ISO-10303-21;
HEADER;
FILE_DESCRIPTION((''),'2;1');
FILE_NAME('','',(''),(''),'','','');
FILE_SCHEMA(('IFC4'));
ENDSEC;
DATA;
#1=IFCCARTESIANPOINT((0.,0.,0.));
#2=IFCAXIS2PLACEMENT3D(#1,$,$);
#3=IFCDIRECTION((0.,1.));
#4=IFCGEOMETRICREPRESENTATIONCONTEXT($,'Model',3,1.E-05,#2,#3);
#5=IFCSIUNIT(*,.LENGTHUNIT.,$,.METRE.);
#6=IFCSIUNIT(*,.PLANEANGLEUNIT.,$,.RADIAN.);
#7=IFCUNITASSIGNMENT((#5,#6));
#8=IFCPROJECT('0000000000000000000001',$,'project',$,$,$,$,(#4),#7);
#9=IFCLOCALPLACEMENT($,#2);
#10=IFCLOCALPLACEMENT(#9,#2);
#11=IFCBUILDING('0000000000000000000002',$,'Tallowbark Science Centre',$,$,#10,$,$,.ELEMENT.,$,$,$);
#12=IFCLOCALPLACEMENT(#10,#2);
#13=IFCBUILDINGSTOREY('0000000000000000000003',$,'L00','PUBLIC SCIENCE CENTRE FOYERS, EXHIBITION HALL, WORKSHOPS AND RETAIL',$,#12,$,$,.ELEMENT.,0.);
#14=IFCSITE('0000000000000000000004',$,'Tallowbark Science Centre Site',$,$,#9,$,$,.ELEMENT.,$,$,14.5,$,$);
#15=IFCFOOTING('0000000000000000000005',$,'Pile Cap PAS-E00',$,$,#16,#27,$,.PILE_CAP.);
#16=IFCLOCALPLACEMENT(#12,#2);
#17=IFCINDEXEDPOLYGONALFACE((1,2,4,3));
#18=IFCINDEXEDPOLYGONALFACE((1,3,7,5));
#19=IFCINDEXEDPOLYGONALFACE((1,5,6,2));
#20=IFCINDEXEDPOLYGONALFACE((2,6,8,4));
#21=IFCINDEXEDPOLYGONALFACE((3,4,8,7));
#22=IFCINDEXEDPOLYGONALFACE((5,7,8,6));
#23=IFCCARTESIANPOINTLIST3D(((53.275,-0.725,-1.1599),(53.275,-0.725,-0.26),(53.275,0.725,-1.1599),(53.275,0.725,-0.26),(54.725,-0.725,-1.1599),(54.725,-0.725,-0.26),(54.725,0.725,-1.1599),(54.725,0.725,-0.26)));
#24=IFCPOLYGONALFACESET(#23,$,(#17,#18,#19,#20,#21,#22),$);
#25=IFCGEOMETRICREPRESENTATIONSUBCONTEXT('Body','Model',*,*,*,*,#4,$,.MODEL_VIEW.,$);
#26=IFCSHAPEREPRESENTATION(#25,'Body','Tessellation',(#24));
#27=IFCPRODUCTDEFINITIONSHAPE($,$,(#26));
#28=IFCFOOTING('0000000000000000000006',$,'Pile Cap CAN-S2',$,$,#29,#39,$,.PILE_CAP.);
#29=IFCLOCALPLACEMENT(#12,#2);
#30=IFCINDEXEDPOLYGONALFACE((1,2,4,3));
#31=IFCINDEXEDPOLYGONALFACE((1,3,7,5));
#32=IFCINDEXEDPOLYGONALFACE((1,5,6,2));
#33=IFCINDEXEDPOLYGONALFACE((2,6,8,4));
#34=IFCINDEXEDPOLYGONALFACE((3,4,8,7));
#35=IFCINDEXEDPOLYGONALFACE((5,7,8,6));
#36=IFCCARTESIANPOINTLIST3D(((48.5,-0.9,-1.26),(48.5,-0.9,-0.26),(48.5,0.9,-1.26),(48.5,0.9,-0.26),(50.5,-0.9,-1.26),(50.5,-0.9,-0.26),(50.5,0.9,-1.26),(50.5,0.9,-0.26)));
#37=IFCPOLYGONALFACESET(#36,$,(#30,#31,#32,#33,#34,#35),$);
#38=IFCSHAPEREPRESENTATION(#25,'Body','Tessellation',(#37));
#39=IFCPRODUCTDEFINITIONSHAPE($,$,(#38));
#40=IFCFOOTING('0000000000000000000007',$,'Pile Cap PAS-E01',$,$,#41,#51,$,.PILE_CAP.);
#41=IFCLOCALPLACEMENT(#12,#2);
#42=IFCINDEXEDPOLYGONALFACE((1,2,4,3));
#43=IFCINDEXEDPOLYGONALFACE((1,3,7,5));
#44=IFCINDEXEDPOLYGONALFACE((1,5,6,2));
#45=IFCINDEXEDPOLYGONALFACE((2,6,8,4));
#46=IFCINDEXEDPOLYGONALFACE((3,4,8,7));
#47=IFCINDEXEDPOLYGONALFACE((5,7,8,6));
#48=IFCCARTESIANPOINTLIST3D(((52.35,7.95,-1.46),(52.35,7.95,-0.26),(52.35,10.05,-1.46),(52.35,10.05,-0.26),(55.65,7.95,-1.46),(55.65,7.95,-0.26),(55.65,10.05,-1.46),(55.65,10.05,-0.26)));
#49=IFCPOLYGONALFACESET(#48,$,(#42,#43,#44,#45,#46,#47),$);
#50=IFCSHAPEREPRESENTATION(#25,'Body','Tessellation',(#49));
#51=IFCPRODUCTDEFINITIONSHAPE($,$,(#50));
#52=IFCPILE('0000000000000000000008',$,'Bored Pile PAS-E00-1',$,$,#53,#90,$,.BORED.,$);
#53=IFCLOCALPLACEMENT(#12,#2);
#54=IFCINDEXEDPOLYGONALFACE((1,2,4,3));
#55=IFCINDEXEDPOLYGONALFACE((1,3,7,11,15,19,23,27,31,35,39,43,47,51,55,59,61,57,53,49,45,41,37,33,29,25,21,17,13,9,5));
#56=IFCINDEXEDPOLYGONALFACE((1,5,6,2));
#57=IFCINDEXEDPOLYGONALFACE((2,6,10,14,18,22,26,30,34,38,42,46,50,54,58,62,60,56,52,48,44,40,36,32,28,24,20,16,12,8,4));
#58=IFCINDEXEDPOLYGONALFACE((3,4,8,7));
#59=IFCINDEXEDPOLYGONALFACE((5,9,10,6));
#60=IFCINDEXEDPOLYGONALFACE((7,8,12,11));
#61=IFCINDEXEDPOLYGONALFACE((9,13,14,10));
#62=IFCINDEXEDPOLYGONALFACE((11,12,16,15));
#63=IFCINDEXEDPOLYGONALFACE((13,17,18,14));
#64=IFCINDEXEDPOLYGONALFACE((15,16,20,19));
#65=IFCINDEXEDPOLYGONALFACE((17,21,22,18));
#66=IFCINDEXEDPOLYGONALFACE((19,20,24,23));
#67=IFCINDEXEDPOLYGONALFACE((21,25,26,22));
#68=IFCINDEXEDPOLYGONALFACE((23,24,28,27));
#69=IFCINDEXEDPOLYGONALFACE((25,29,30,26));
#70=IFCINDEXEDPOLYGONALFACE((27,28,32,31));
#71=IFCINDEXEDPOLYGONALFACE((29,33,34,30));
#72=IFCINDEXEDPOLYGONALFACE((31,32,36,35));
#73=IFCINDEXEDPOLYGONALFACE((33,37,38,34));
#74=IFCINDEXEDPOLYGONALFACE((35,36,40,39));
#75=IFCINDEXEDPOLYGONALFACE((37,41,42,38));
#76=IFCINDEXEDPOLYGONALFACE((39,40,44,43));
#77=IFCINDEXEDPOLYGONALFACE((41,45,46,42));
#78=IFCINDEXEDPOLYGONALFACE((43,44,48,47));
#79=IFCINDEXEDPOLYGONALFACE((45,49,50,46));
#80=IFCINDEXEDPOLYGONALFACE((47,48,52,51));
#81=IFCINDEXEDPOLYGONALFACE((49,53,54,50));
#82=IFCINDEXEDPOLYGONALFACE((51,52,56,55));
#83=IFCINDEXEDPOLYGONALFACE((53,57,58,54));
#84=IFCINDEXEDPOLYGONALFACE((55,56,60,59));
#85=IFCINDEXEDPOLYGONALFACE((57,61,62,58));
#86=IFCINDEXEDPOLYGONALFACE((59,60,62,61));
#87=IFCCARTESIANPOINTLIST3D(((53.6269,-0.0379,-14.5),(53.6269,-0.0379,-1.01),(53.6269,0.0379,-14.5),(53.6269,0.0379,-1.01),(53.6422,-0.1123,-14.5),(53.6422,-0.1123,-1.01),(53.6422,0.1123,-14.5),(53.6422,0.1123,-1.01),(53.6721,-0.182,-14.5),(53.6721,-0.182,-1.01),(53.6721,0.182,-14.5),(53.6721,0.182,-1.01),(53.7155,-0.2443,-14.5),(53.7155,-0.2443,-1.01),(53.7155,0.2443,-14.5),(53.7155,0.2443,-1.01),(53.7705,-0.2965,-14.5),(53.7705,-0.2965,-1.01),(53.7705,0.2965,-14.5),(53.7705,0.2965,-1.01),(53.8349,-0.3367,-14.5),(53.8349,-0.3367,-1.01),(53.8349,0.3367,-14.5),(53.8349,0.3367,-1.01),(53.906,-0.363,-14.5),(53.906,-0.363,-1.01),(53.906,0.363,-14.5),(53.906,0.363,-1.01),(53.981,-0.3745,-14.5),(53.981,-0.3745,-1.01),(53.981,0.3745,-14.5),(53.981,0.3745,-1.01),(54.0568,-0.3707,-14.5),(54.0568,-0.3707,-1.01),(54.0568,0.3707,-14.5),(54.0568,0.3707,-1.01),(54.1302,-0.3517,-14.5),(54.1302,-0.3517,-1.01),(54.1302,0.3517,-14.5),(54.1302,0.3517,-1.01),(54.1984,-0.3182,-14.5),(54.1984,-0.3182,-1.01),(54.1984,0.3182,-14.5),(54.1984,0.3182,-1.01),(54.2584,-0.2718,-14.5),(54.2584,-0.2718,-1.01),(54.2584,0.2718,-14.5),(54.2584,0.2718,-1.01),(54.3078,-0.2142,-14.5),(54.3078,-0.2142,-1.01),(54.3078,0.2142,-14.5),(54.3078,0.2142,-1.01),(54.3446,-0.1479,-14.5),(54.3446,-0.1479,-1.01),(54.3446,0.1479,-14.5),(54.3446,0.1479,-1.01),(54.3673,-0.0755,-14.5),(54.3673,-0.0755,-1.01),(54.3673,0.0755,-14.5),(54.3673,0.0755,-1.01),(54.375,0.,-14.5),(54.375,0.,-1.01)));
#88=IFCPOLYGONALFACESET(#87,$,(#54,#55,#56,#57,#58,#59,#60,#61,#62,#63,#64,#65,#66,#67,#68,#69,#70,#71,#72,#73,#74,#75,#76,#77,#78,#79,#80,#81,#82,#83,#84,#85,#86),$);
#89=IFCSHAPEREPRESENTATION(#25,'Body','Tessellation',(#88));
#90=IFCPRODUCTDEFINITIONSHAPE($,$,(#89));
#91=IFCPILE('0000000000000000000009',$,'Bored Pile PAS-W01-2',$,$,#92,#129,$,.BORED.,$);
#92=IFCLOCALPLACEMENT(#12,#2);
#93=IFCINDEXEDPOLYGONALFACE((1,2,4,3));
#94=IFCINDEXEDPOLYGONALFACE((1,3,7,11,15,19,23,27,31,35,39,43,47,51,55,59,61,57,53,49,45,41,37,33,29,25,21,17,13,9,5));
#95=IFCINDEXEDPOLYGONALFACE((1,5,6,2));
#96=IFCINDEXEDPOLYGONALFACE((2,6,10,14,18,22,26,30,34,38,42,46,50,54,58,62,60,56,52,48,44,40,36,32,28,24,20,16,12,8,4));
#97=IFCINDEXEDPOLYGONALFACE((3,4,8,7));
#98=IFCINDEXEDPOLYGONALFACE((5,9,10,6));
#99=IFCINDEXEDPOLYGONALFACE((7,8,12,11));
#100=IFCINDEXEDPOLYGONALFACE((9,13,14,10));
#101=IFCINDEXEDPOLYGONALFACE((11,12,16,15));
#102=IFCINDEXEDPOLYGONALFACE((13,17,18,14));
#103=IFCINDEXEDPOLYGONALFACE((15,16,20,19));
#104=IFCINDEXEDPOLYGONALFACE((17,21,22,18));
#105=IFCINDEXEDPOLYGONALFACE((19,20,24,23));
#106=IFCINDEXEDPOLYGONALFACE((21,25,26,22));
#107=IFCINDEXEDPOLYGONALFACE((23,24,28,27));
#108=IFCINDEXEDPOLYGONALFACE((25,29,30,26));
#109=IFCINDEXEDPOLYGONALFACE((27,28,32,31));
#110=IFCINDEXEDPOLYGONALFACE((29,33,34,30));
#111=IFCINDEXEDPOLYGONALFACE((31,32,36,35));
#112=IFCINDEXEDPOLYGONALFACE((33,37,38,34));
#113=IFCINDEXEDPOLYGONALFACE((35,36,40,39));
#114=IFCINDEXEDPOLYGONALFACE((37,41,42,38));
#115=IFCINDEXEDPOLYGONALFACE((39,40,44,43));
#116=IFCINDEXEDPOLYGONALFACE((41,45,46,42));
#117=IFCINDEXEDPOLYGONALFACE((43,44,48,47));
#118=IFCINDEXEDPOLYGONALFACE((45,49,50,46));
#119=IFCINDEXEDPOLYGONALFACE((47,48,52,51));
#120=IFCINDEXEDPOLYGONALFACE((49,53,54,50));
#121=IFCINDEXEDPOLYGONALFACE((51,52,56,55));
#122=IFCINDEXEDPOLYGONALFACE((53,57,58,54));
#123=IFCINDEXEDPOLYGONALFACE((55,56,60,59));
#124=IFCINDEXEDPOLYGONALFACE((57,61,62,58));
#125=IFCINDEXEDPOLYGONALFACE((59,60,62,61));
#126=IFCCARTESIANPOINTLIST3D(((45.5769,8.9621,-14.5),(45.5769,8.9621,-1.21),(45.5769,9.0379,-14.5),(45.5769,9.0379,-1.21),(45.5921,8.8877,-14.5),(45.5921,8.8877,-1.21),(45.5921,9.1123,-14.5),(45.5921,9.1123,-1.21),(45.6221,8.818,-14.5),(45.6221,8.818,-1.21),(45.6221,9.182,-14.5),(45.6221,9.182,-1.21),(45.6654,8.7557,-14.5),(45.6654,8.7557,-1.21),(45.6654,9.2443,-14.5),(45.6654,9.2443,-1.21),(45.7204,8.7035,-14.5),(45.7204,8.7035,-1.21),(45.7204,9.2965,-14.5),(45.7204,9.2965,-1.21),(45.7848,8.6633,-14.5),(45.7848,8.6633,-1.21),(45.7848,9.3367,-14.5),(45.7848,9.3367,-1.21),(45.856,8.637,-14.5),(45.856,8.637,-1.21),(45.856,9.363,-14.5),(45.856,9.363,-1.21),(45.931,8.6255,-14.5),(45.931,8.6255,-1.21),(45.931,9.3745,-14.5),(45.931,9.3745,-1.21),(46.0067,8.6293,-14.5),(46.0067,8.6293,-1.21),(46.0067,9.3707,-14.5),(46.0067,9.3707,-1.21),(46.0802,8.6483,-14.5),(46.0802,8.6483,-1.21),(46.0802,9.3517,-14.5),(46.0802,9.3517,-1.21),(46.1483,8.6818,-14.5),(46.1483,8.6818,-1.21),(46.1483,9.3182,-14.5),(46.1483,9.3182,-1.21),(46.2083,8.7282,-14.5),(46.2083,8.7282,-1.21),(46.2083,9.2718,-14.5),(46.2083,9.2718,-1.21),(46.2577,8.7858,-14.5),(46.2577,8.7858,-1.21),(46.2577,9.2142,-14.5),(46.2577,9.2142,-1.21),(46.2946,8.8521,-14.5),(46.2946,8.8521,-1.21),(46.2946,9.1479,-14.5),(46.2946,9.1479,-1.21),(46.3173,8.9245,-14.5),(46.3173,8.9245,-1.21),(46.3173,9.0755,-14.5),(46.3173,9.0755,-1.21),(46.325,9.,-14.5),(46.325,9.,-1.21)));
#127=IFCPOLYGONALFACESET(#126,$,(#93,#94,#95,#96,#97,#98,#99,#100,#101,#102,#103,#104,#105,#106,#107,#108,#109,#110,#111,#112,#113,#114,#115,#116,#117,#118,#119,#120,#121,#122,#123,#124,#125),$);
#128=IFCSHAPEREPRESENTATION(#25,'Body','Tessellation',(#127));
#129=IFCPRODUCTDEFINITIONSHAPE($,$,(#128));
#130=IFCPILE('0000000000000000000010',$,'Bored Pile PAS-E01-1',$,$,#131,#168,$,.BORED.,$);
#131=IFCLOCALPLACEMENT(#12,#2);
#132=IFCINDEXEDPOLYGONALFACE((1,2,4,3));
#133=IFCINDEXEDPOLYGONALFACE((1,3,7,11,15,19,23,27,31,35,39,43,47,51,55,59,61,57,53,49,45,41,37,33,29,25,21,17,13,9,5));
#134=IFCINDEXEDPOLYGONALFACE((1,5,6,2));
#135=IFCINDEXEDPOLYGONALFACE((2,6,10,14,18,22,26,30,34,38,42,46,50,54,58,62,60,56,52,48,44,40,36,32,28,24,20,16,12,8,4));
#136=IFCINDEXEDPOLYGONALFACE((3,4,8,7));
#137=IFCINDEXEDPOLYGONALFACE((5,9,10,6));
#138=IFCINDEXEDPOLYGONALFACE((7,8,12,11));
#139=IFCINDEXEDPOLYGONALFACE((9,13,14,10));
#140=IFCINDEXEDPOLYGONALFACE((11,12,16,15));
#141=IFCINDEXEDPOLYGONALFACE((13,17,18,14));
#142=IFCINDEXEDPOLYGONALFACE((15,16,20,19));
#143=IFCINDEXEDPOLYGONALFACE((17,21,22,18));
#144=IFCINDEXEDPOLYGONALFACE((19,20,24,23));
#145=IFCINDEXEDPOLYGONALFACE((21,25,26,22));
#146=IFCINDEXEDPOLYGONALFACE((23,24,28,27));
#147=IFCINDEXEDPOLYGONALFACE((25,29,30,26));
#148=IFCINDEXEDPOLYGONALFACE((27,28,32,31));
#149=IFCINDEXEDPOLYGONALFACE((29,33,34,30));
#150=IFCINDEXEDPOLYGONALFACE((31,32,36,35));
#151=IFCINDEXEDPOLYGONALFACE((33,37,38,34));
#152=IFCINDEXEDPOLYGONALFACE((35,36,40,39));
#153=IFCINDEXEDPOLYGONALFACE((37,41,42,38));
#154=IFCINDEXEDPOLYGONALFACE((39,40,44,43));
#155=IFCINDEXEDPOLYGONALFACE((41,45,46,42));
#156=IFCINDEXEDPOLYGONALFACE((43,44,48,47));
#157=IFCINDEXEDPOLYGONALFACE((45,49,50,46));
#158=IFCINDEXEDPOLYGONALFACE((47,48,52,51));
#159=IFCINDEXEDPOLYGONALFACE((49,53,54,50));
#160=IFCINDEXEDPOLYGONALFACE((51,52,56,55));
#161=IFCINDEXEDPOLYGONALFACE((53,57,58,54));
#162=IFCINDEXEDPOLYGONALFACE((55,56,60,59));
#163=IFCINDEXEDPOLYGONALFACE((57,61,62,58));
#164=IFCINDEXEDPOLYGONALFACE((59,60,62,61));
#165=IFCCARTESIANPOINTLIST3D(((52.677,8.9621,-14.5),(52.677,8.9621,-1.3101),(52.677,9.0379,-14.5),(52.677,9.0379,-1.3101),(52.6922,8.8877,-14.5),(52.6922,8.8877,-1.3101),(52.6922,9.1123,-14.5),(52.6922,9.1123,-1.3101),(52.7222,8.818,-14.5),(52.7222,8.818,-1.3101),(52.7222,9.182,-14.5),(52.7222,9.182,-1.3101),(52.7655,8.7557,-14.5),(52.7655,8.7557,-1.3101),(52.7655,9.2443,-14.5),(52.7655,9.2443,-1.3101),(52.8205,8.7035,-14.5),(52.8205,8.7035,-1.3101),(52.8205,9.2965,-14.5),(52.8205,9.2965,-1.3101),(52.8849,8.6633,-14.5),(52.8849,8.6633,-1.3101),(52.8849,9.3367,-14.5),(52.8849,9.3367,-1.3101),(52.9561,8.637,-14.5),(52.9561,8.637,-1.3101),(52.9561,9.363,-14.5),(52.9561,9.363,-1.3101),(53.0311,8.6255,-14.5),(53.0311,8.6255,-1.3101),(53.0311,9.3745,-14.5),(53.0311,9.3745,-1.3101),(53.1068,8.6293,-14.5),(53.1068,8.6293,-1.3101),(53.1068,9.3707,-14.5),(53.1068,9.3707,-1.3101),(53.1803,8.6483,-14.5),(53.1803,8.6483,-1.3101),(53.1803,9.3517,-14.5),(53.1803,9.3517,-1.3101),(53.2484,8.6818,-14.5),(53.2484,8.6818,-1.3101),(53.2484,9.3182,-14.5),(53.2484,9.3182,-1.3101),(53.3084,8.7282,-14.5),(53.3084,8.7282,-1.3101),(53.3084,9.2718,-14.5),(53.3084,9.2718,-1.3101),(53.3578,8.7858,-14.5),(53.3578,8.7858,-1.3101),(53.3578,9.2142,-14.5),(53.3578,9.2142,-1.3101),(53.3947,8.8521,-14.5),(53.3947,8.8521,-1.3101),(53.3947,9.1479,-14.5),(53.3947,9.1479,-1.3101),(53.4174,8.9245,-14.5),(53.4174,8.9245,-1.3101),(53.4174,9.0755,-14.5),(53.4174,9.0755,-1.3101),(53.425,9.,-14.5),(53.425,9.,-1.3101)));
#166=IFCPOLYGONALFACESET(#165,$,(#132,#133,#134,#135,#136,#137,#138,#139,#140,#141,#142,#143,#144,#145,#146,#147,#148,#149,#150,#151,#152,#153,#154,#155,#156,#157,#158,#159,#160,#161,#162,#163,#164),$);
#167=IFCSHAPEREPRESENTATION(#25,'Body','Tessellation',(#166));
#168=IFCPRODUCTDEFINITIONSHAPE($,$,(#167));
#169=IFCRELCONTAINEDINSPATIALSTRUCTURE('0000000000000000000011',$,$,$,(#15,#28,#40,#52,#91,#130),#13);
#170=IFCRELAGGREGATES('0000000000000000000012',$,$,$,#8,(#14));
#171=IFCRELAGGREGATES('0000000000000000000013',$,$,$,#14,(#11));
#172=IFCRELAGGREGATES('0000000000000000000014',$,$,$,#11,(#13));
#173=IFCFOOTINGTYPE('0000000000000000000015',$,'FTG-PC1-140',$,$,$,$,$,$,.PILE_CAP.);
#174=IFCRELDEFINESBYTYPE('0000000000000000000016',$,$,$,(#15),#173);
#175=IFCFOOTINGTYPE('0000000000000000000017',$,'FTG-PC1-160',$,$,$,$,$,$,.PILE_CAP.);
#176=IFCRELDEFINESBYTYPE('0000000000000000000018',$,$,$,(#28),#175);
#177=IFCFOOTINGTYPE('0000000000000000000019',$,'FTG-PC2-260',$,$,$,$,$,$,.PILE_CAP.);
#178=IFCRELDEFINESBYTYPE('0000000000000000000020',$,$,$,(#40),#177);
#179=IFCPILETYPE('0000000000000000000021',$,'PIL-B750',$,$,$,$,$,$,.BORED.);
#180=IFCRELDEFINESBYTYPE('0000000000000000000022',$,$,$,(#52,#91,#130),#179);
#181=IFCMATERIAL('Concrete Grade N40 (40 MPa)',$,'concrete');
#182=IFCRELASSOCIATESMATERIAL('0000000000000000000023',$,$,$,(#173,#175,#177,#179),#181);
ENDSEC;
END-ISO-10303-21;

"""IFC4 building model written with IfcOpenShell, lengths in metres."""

from ifc_helpers import new_model, si_unit, direction, frame, origin, origin_2d, place, context, subcontext, project, spatial, rectangle, circle, extrude, material, material_profile, profile_set, type_object, element, save


model = new_model("IFC4")

# Units and contexts
model_context = context("Model", 3, precision=1e-05, world=origin(), true_north=direction((0.0, 1.0)))
body_context = subcontext(model_context, "Body", "Model", "MODEL_VIEW")
ifc_project = project(units=[si_unit("LENGTHUNIT", "METRE"), si_unit("PLANEANGLEUNIT", "RADIAN")], contexts=[model_context])

# Site, building, storey
site_placement = place(None, origin())
site = spatial("IfcSite", under=ifc_project, at=site_placement, Name="Tallowbark Science Centre Site", CompositionType="ELEMENT", RefElevation=14.5)
building_placement = place(site_placement, origin())
building = spatial("IfcBuilding", under=site, at=building_placement, Name="Tallowbark Science Centre", CompositionType="ELEMENT")
storey_placement = place(building_placement, origin())
storey = spatial("IfcBuildingStorey", under=building, at=storey_placement, Name="L00", Description="PUBLIC SCIENCE CENTRE FOYERS, EXHIBITION HALL, WORKSHOPS AND RETAIL", CompositionType="ELEMENT", Elevation=0.0)

# Footings
ifc_material_1 = material(Name="Concrete Grade N40 (40 MPa)", Category="concrete")
footing_type_1 = type_object("IfcFootingType", Name="FTG-PC1-140", PredefinedType="PILE_CAP", material=ifc_material_1)
footing_1_placement = place(storey_placement, frame((54.0, 0.0, -1.1599), z_axis=(0.0, 0.0, 1.0), x_axis=(1.0, 0.0, 0.0)))
element("IfcFooting", 1, at=footing_1_placement, inside=storey, type_object=footing_type_1, Name="Pile Cap PAS-E00", PredefinedType="PILE_CAP", context=body_context, shape_type="SweptSolid", body=[
    extrude(rectangle(XDim=1.45, YDim=1.45, at=origin_2d()), origin(), (0.0, 0.0, 1.0), 0.8999),
])
footing_type_2 = type_object("IfcFootingType", Name="FTG-PC1-160", PredefinedType="PILE_CAP", material=ifc_material_1)
footing_2_placement = place(storey_placement, frame((49.5, 0.0, -1.26), z_axis=(0.0, 0.0, 1.0), x_axis=(1.0, 0.0, 0.0)))
element("IfcFooting", 2, at=footing_2_placement, inside=storey, type_object=footing_type_2, Name="Pile Cap CAN-S2", PredefinedType="PILE_CAP", context=body_context, shape_type="SweptSolid", body=[
    extrude(rectangle(XDim=2.0, YDim=1.8, at=origin_2d()), origin(), (0.0, 0.0, 1.0), 1.0),
])
footing_type_3 = type_object("IfcFootingType", Name="FTG-PC2-260", PredefinedType="PILE_CAP", material=ifc_material_1)
footing_3_placement = place(storey_placement, frame((54.0, 9.0, -1.46), z_axis=(0.0, 0.0, 1.0), x_axis=(1.0, 0.0, 0.0)))
element("IfcFooting", 3, at=footing_3_placement, inside=storey, type_object=footing_type_3, Name="Pile Cap PAS-E01", PredefinedType="PILE_CAP", context=body_context, shape_type="SweptSolid", body=[
    extrude(rectangle(XDim=3.3, YDim=2.1001, at=origin_2d()), origin(), (0.0, 0.0, 1.0), 1.2),
])

# Piles
ifc_material_profile_1 = material_profile(ifc_material_1, circle(Radius=0.375, at=origin_2d()), Name="PILE750")
ifc_profile_set_1 = profile_set([ifc_material_profile_1], Name="Concrete Grade N40 (40 MPa)")
pile_type = type_object("IfcPileType", Name="PIL-B750", PredefinedType="BORED", material=ifc_profile_set_1)
pile_1_placement = place(storey_placement, frame((54.0, 0.0, -1.01), z_axis=(0.0, 0.0, -1.0), x_axis=(1.0, 0.0, 0.0)))
element("IfcPile", 4, at=pile_1_placement, inside=storey, type_object=pile_type, Name="Bored Pile PAS-E00-1", PredefinedType="BORED", context=body_context, shape_type="SweptSolid", body=[
    extrude(circle(Radius=0.375, at=origin_2d()), origin(), (0.0, 0.0, 1.0), 13.49),
])
pile_2_placement = place(storey_placement, frame((45.95, 9.0, -1.21), z_axis=(0.0, 0.0, -1.0), x_axis=(1.0, 0.0, 0.0)))
element("IfcPile", 5, at=pile_2_placement, inside=storey, type_object=pile_type, Name="Bored Pile PAS-W01-2", PredefinedType="BORED", context=body_context, shape_type="SweptSolid", body=[
    extrude(circle(Radius=0.375, at=origin_2d()), origin(), (0.0, 0.0, 1.0), 13.29),
])
pile_3_placement = place(storey_placement, frame((53.05, 9.0, -1.3101), z_axis=(0.0, 0.0, -1.0), x_axis=(1.0, 0.0, 0.0)))
element("IfcPile", 6, at=pile_3_placement, inside=storey, type_object=pile_type, Name="Bored Pile PAS-E01-1", PredefinedType="BORED", context=body_context, shape_type="SweptSolid", body=[
    extrude(circle(Radius=0.375, at=origin_2d()), origin(), (0.0, 0.0, 1.0), 13.1899),
])

save(model, "model.ifc")
